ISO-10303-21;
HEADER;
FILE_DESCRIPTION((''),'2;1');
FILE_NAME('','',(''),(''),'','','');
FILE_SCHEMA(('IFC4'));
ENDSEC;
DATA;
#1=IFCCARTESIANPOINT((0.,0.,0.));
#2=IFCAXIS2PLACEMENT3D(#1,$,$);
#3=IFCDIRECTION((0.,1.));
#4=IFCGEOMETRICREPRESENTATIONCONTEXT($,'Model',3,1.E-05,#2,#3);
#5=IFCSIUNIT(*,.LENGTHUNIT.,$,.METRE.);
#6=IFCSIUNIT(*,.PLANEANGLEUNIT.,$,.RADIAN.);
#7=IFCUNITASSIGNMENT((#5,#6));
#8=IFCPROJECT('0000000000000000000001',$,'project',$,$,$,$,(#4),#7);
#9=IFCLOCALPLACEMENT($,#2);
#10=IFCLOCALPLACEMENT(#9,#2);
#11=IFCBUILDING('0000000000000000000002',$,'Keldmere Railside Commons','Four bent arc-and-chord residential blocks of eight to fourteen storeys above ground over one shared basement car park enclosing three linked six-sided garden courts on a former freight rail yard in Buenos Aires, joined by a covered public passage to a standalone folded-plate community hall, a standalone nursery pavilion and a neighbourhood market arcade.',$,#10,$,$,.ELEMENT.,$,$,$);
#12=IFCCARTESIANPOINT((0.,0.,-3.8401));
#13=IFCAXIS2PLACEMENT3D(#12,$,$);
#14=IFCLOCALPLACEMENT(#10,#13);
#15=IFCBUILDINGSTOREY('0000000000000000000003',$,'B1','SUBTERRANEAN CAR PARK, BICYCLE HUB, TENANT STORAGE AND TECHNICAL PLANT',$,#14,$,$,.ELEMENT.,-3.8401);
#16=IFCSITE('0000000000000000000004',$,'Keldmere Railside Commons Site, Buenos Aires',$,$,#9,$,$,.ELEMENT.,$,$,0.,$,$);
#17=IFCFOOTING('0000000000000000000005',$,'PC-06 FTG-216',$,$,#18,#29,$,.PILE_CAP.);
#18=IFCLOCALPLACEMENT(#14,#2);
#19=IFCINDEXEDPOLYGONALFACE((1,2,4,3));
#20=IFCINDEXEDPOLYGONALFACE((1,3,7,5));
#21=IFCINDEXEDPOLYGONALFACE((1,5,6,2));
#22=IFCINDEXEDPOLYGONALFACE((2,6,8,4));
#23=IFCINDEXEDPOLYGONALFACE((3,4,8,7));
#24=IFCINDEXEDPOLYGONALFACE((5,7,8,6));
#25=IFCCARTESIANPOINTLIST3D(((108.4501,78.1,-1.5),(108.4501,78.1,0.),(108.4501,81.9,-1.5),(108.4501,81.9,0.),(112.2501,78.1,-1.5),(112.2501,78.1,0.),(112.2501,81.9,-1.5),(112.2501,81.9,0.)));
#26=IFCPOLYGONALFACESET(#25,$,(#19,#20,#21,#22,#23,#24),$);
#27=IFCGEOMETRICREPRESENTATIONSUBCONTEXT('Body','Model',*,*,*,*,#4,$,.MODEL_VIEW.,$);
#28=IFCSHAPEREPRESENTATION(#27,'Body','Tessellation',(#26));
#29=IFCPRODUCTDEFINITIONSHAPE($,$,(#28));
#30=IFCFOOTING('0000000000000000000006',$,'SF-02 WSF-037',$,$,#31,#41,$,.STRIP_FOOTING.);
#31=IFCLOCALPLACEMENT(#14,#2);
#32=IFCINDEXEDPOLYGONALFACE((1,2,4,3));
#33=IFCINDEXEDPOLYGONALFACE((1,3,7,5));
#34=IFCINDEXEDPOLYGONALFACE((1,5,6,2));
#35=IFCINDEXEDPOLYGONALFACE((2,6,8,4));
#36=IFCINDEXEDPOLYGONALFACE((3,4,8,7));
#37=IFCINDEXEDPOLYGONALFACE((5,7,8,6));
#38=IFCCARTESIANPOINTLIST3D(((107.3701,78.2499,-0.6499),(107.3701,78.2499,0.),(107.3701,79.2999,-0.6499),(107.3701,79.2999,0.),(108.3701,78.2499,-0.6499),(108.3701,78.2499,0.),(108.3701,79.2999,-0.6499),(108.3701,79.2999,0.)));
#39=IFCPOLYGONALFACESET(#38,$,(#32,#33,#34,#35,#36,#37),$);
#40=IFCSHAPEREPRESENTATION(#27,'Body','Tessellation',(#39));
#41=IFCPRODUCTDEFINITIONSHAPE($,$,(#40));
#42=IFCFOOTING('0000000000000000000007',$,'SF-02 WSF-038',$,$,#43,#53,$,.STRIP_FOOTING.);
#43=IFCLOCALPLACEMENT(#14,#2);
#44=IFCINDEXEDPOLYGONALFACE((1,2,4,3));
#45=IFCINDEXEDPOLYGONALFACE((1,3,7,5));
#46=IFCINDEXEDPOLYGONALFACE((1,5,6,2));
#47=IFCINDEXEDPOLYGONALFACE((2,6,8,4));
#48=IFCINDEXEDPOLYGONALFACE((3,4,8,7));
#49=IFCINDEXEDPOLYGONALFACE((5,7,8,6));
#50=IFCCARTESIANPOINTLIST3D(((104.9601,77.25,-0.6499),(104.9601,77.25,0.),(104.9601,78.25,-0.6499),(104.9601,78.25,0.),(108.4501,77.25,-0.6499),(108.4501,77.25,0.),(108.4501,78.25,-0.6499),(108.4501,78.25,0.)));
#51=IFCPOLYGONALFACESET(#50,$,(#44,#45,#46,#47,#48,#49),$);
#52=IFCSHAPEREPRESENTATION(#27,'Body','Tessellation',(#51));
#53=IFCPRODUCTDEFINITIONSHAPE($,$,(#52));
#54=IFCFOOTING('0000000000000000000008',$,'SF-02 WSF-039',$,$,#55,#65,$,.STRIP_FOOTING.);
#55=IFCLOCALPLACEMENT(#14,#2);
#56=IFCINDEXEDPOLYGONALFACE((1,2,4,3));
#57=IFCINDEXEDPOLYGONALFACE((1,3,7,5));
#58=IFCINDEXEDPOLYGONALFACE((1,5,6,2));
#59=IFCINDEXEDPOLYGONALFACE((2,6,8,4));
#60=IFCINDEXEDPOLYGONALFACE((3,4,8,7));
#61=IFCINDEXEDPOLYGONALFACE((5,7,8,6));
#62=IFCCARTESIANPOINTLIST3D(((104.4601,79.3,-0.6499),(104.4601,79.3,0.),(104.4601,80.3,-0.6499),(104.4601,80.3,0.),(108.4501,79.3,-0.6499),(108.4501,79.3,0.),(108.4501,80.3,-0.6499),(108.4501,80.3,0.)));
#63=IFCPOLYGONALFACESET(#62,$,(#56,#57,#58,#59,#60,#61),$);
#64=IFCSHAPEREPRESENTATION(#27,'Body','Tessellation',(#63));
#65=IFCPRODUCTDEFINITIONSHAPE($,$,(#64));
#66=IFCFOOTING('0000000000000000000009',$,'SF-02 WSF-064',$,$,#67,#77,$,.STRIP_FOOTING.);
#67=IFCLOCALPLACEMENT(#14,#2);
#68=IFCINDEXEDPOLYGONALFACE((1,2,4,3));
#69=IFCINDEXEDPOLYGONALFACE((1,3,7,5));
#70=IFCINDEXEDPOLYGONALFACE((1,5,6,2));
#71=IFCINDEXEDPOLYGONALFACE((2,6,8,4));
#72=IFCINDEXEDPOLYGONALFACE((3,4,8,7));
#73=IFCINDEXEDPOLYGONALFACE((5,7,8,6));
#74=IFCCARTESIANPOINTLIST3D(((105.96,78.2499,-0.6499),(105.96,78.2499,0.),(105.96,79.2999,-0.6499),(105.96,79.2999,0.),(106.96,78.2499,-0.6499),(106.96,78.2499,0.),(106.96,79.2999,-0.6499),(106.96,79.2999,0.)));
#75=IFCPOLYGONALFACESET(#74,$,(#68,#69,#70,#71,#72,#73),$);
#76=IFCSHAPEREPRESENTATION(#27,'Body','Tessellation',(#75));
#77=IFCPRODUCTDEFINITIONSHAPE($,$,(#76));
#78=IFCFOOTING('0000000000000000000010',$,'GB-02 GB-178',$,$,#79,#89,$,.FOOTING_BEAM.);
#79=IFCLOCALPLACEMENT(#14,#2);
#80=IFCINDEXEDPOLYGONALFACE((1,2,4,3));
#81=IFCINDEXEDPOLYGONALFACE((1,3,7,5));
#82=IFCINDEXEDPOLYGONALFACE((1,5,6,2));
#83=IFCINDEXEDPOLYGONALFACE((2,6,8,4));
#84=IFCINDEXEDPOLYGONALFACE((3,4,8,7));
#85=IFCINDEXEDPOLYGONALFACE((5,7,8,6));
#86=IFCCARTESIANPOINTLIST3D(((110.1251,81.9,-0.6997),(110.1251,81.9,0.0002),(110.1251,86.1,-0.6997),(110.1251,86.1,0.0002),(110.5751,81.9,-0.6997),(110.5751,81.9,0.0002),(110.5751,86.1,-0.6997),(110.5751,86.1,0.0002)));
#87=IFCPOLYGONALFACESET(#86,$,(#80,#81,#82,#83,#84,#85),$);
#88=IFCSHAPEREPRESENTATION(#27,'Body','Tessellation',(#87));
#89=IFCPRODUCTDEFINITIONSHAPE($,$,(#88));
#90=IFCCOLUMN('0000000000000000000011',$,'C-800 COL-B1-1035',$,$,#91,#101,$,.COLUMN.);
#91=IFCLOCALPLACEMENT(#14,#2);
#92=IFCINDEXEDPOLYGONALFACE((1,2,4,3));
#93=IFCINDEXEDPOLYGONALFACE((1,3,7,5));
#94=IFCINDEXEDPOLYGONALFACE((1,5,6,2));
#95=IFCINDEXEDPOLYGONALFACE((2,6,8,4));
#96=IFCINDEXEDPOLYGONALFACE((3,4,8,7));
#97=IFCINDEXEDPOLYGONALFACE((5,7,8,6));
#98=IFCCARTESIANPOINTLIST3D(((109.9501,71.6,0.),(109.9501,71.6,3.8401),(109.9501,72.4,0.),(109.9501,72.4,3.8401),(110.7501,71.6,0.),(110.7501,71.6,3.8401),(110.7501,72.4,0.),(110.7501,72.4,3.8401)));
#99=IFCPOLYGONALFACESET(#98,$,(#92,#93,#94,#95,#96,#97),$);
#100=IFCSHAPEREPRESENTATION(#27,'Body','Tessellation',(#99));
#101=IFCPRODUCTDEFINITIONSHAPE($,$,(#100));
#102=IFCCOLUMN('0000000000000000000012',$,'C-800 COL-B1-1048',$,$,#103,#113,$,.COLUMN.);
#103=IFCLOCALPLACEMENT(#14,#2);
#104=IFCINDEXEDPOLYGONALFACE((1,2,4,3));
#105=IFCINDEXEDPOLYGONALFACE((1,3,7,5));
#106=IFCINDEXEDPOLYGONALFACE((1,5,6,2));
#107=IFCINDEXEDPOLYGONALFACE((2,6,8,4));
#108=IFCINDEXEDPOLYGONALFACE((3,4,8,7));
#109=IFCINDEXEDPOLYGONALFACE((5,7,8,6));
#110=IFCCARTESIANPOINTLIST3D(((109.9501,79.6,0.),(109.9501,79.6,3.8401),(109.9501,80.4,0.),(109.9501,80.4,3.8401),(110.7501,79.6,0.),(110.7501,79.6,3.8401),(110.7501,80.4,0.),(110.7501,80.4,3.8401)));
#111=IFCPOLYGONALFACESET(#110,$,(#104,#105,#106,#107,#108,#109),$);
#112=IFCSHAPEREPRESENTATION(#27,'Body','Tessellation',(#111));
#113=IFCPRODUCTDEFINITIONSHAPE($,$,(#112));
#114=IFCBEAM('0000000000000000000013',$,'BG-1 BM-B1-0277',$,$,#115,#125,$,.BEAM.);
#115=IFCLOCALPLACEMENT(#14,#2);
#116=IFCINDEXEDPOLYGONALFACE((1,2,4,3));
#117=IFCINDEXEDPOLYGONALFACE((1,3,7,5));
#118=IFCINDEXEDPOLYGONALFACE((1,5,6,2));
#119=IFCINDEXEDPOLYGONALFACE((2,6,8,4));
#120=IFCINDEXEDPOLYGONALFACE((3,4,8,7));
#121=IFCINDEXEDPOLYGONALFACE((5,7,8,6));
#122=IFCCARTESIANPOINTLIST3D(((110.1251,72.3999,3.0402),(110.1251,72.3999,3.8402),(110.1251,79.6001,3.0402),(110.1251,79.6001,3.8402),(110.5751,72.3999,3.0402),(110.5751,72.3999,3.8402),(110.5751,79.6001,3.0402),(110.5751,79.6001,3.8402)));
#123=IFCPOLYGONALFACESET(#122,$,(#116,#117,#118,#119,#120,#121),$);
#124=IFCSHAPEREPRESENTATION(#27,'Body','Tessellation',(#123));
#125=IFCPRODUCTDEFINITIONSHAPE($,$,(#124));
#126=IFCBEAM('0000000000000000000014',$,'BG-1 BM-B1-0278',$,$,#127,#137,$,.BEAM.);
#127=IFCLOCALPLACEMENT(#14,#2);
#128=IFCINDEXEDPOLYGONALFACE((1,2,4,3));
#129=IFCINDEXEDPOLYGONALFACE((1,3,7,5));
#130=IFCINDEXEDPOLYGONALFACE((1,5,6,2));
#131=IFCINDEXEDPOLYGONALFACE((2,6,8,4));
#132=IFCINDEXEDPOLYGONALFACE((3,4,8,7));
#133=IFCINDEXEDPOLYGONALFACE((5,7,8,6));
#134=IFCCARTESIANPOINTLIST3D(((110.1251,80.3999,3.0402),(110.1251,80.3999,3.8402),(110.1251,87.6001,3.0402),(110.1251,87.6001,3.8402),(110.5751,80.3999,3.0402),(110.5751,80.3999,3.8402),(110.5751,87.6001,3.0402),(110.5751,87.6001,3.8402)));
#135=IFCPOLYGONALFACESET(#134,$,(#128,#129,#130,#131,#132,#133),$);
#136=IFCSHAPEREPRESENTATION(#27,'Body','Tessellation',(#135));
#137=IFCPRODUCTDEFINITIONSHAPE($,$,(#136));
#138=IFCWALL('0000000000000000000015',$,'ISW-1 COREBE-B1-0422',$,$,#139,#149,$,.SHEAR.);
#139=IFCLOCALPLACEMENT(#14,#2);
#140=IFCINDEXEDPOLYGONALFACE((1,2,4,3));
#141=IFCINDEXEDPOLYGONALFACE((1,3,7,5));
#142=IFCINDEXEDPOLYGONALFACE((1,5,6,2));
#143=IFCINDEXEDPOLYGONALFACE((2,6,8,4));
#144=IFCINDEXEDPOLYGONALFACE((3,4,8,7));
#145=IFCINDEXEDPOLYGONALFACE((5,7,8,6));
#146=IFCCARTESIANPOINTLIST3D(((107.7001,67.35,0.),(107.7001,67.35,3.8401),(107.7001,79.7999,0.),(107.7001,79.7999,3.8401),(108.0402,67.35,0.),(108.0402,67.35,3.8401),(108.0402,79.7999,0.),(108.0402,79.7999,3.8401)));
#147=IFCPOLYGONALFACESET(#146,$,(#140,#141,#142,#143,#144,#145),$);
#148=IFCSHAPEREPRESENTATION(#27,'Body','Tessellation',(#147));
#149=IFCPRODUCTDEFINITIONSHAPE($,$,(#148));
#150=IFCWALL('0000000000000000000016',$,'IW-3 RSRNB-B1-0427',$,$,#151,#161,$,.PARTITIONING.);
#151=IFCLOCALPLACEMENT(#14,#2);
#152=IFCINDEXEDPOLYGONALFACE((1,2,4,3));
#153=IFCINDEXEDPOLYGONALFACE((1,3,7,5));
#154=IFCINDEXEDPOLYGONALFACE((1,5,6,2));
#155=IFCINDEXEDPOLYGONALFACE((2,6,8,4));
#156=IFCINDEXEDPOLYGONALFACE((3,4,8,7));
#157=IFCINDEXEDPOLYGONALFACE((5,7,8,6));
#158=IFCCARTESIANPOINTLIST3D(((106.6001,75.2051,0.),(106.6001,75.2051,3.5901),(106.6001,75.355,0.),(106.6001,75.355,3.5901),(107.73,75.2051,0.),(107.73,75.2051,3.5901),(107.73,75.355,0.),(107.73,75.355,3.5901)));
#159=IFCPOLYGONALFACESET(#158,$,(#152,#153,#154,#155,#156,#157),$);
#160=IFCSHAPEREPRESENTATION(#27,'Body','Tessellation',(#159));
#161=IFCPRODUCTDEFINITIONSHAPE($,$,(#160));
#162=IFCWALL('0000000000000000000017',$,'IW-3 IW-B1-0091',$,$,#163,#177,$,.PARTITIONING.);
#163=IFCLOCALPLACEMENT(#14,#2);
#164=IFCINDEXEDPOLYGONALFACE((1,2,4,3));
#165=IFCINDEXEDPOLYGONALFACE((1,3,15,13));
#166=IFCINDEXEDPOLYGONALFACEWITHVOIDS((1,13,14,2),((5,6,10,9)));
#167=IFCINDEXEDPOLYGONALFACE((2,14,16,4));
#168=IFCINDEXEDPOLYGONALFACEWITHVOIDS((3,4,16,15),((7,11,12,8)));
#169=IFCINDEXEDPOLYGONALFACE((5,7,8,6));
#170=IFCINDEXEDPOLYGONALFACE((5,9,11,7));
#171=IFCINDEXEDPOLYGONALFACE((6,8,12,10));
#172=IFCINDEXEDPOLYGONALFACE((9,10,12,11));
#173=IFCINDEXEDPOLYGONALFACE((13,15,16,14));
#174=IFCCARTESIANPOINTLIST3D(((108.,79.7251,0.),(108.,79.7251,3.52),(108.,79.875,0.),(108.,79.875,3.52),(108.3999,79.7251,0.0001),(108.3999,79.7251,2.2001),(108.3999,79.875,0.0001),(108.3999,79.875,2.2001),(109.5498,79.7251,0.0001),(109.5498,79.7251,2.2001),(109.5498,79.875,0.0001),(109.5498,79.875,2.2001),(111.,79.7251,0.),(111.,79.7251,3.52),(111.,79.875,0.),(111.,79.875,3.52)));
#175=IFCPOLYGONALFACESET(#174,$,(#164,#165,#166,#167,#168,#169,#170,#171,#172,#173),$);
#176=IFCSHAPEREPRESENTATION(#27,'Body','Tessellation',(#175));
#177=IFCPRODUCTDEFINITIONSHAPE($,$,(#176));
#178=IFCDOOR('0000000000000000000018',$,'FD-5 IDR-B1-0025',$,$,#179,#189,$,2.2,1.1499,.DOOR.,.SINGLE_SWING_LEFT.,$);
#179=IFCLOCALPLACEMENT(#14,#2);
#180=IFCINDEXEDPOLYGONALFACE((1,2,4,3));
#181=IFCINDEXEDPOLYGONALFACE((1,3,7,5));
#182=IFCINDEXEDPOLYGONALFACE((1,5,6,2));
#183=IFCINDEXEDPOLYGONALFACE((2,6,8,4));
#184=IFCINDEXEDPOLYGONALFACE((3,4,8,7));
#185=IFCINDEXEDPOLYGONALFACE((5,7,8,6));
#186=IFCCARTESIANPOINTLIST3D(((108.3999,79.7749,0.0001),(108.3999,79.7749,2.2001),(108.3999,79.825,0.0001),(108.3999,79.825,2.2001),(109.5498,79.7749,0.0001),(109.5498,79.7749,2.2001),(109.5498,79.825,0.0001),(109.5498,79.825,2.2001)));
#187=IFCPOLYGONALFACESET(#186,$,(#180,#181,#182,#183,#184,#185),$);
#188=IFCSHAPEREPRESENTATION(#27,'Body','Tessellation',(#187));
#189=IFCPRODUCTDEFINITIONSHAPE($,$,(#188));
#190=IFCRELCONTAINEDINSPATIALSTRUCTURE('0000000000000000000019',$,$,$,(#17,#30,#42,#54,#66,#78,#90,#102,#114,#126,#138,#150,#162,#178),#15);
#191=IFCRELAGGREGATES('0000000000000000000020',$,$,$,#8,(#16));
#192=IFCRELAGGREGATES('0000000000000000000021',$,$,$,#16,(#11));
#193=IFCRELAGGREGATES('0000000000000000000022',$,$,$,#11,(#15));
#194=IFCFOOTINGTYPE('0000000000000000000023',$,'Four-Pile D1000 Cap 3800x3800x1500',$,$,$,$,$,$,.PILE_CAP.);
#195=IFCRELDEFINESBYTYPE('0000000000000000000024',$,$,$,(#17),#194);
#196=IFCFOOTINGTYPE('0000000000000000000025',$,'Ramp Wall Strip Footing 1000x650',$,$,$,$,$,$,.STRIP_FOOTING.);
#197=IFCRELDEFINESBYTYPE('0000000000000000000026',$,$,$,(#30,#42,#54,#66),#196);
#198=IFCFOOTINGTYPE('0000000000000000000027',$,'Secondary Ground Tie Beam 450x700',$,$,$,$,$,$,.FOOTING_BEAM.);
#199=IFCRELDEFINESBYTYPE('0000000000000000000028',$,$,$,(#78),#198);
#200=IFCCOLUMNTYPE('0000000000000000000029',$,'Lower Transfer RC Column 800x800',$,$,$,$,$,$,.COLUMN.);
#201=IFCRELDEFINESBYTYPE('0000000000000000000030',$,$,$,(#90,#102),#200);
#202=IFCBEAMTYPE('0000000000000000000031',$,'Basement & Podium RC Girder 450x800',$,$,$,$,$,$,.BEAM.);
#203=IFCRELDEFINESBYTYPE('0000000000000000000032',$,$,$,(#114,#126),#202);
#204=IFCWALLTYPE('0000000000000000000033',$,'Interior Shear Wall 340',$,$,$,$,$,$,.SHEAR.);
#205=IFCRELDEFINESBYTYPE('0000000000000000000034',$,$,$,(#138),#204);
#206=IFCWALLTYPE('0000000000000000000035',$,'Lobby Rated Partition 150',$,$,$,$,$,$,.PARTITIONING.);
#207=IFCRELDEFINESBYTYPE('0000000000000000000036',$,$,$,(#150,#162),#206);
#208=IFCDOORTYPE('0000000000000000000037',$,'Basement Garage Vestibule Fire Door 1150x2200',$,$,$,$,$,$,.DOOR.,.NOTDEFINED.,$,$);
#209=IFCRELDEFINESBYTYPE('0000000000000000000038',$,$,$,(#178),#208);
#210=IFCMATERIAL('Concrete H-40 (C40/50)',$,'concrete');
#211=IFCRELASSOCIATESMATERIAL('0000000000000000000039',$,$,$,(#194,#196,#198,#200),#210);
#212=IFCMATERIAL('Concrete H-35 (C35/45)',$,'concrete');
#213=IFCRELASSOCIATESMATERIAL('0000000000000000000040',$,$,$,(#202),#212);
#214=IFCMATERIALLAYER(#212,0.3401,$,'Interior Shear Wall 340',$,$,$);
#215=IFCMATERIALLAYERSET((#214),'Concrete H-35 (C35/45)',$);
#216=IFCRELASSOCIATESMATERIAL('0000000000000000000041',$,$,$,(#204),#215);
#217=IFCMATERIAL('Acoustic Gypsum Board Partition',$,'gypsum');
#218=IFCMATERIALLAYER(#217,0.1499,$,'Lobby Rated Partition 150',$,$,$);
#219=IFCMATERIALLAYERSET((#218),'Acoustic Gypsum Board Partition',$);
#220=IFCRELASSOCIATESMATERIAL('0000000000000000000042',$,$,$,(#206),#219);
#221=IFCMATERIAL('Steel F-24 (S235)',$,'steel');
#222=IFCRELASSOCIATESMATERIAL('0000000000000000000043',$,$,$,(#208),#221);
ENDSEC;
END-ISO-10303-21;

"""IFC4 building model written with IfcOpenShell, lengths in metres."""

from ifc_helpers import new_model, si_unit, direction, frame, frame_2d, origin, origin_2d, place, context, subcontext, project, spatial, rectangle, extrude, material, layer, layer_set, material_profile, profile_set, type_object, element, fill, save


model = new_model("IFC4")

# Units and contexts
model_context = context("Model", 3, precision=1e-05, world=origin(), true_north=direction((0.0, 1.0)))
body_context = subcontext(model_context, "Body", "Model", "MODEL_VIEW")
ifc_project = project(units=[si_unit("LENGTHUNIT", "METRE"), si_unit("PLANEANGLEUNIT", "RADIAN")], contexts=[model_context])

# Site, building, storey
site_placement = place(None, origin())
site = spatial("IfcSite", under=ifc_project, at=site_placement, Name="Keldmere Railside Commons Site, Buenos Aires", CompositionType="ELEMENT", RefElevation=0.0)
building_placement = place(site_placement, origin())
building = spatial("IfcBuilding", under=site, at=building_placement, Name="Keldmere Railside Commons", Description="Four bent arc-and-chord residential blocks of eight to fourteen storeys above ground over one shared basement car park enclosing three linked six-sided garden courts on a former freight rail yard in Buenos Aires, joined by a covered public passage to a standalone folded-plate community hall, a standalone nursery pavilion and a neighbourhood market arcade.", CompositionType="ELEMENT")
storey_placement = place(building_placement, frame((0.0, 0.0, -3.8401)))
storey = spatial("IfcBuildingStorey", under=building, at=storey_placement, Name="B1", Description="SUBTERRANEAN CAR PARK, BICYCLE HUB, TENANT STORAGE AND TECHNICAL PLANT", CompositionType="ELEMENT", Elevation=-3.8401)

# Footings
ifc_material_1 = material(Name="Concrete H-40 (C40/50)", Category="concrete")
footing_type_1 = type_object("IfcFootingType", Name="Four-Pile D1000 Cap 3800x3800x1500", PredefinedType="PILE_CAP", material=ifc_material_1)
footing_1_placement = place(storey_placement, frame((110.3501, 80.0, -1.5), z_axis=(0.0, 0.0, 1.0), x_axis=(1.0, 0.0, 0.0)))
element("IfcFooting", 1, at=footing_1_placement, inside=storey, type_object=footing_type_1, Name="PC-06 FTG-216", PredefinedType="PILE_CAP", context=body_context, shape_type="SweptSolid", body=[
    extrude(rectangle(XDim=3.8, YDim=3.8, at=origin_2d()), origin(), (0.0, 0.0, 1.0), 1.5),
])
footing_type_2 = type_object("IfcFootingType", Name="Ramp Wall Strip Footing 1000x650", PredefinedType="STRIP_FOOTING", material=ifc_material_1)
footing_2_placement = place(storey_placement, frame((107.8701, 78.7749, -0.6499), z_axis=(0.0, 0.0, 1.0), x_axis=(0.0, 1.0, 0.0)))
element("IfcFooting", 2, at=footing_2_placement, inside=storey, type_object=footing_type_2, Name="SF-02 WSF-037", PredefinedType="STRIP_FOOTING", context=body_context, shape_type="SweptSolid", body=[
    extrude(rectangle(XDim=1.05, YDim=1.0, at=origin_2d()), origin(), (0.0, 0.0, 1.0), 0.6499),
])
footing_3_placement = place(storey_placement, frame((106.7051, 77.75, -0.6499), z_axis=(0.0, 0.0, 1.0), x_axis=(1.0, 0.0, 0.0)))
element("IfcFooting", 3, at=footing_3_placement, inside=storey, type_object=footing_type_2, Name="SF-02 WSF-038", PredefinedType="STRIP_FOOTING", context=body_context, shape_type="SweptSolid", body=[
    extrude(rectangle(XDim=3.49, YDim=1.0, at=origin_2d()), origin(), (0.0, 0.0, 1.0), 0.6499),
])
footing_4_placement = place(storey_placement, frame((106.4551, 79.8, -0.6499), z_axis=(0.0, 0.0, 1.0), x_axis=(1.0, 0.0, 0.0)))
element("IfcFooting", 4, at=footing_4_placement, inside=storey, type_object=footing_type_2, Name="SF-02 WSF-039", PredefinedType="STRIP_FOOTING", context=body_context, shape_type="SweptSolid", body=[
    extrude(rectangle(XDim=3.99, YDim=1.0, at=origin_2d()), origin(), (0.0, 0.0, 1.0), 0.6499),
])
footing_5_placement = place(storey_placement, frame((106.46, 78.7749, -0.6499), z_axis=(0.0, 0.0, 1.0), x_axis=(0.0, 1.0, 0.0)))
element("IfcFooting", 5, at=footing_5_placement, inside=storey, type_object=footing_type_2, Name="SF-02 WSF-064", PredefinedType="STRIP_FOOTING", context=body_context, shape_type="SweptSolid", body=[
    extrude(rectangle(XDim=1.05, YDim=1.0, at=origin_2d()), origin(), (0.0, 0.0, 1.0), 0.6499),
])
footing_type_3 = type_object("IfcFootingType", Name="Secondary Ground Tie Beam 450x700", PredefinedType="FOOTING_BEAM", material=ifc_material_1)
footing_6_placement = place(storey_placement, frame((110.3501, 84.0, -0.6997), z_axis=(0.0, 0.0, 1.0), x_axis=(0.0, 1.0, 0.0)))
element("IfcFooting", 6, at=footing_6_placement, inside=storey, type_object=footing_type_3, Name="GB-02 GB-178", PredefinedType="FOOTING_BEAM", context=body_context, shape_type="SweptSolid", body=[
    extrude(rectangle(XDim=4.2, YDim=0.45, at=origin_2d()), origin(), (0.0, 0.0, 1.0), 0.7),
])

# Columns
ifc_material_profile_1 = material_profile(ifc_material_1, rectangle(XDim=0.8, YDim=0.8, at=origin_2d()), Name="RC-800x800")
ifc_profile_set_1 = profile_set([ifc_material_profile_1], Name="Concrete H-40 (C40/50)")
column_type = type_object("IfcColumnType", Name="Lower Transfer RC Column 800x800", PredefinedType="COLUMN", material=ifc_profile_set_1)
for number, where, z_axis, x_axis, name in (
    (7, (110.3501, 72.0, 0.0), (0.0, 0.0, 1.0), (1.0, 0.0, 0.0), "C-800 COL-B1-1035"),
    (8, (110.3501, 80.0, 0.0), (0.0, 0.0, 1.0), (1.0, 0.0, 0.0), "C-800 COL-B1-1048"),
):
    element("IfcColumn", number, at=place(storey_placement, frame(where, z_axis=z_axis, x_axis=x_axis)), inside=storey, type_object=column_type, Name=name, PredefinedType="COLUMN", context=body_context, shape_type="SweptSolid", body=[
        extrude(rectangle(XDim=0.8, YDim=0.8, at=origin_2d()), origin(), (0.0, 0.0, 1.0), 3.8401),
    ])

# Beams
ifc_material_2 = material(Name="Concrete H-35 (C35/45)", Category="concrete")
ifc_material_profile_2 = material_profile(ifc_material_2, rectangle(XDim=0.45, YDim=0.8, at=origin_2d()), Name="RC-450x800")
ifc_profile_set_2 = profile_set([ifc_material_profile_2], Name="Concrete H-35 (C35/45)")
beam_type = type_object("IfcBeamType", Name="Basement & Podium RC Girder 450x800", PredefinedType="BEAM", material=ifc_profile_set_2)
for number, where, z_axis, x_axis, name in (
    (9, (110.3501, 72.3999, 3.4402), (0.0, 1.0, 0.0), (-1.0, 0.0, 0.0), "BG-1 BM-B1-0277"),
    (10, (110.3501, 80.3999, 3.4402), (0.0, 1.0, 0.0), (-1.0, 0.0, 0.0), "BG-1 BM-B1-0278"),
):
    element("IfcBeam", number, at=place(storey_placement, frame(where, z_axis=z_axis, x_axis=x_axis)), inside=storey, type_object=beam_type, Name=name, PredefinedType="BEAM", context=body_context, shape_type="SweptSolid", body=[
        extrude(rectangle(XDim=0.45, YDim=0.8, at=origin_2d()), origin(), (0.0, 0.0, 1.0), 7.2002),
    ])

# Shared definitions
ifc_material_3 = material(Name="Steel F-24 (S235)", Category="steel")

# Walls
ifc_layer_1 = layer(ifc_material_2, 0.3401, Name="Interior Shear Wall 340")
ifc_layer_set_1 = layer_set([ifc_layer_1], Name="Concrete H-35 (C35/45)")
wall_type_1 = type_object("IfcWallType", Name="Interior Shear Wall 340", PredefinedType="SHEAR", material=ifc_layer_set_1)
wall_1_placement = place(storey_placement, frame((107.8701, 79.8, 0.0), z_axis=(0.0, 0.0, 1.0), x_axis=(0.0, -1.0, 0.0)))
element("IfcWall", 11, at=wall_1_placement, inside=storey, type_object=wall_type_1, Name="ISW-1 COREBE-B1-0422", PredefinedType="SHEAR", context=body_context, shape_type="SweptSolid", body=[
    extrude(rectangle(XDim=12.45, YDim=0.3401, at=frame_2d((6.2251, 0.0))), origin(), (0.0, 0.0, 1.0), 3.8401),
])
ifc_material_4 = material(Name="Acoustic Gypsum Board Partition", Category="gypsum")
ifc_layer_2 = layer(ifc_material_4, 0.1499, Name="Lobby Rated Partition 150")
ifc_layer_set_2 = layer_set([ifc_layer_2], Name="Acoustic Gypsum Board Partition")
wall_type_2 = type_object("IfcWallType", Name="Lobby Rated Partition 150", PredefinedType="PARTITIONING", material=ifc_layer_set_2)
wall_2_placement = place(storey_placement, frame((106.6001, 75.28, 0.0), z_axis=(0.0, 0.0, 1.0), x_axis=(1.0, 0.0, 0.0)))
element("IfcWall", 12, at=wall_2_placement, inside=storey, type_object=wall_type_2, Name="IW-3 RSRNB-B1-0427", PredefinedType="PARTITIONING", context=body_context, shape_type="SweptSolid", body=[
    extrude(rectangle(XDim=1.1299, YDim=0.1499, at=frame_2d((0.5649, 0.0))), origin(), (0.0, 0.0, 1.0), 3.5901),
])

# Wall, opening, door
wall_3_placement = place(storey_placement, frame((108.0, 79.8, 0.0), z_axis=(0.0, 0.0, 1.0), x_axis=(1.0, 0.0, 0.0)))
wall_3 = element("IfcWall", 13, at=wall_3_placement, inside=storey, type_object=wall_type_2, Name="IW-3 IW-B1-0091", PredefinedType="PARTITIONING", context=body_context, shape_type="SweptSolid", body=[
    extrude(rectangle(XDim=3.0, YDim=0.1499, at=frame_2d((1.5, 0.0))), origin(), (0.0, 0.0, 1.0), 3.52),
])
opening_1_placement = place(wall_3_placement, frame((0.3999, 0.0, 0.0)))
opening_1 = element("IfcOpeningElement", 14, at=opening_1_placement, cuts=wall_3, PredefinedType="OPENING", context=body_context, shape_type="SweptSolid", body=[
    extrude(rectangle(XDim=1.1499, YDim=2.2, at=frame_2d((0.575, 1.1001))), frame((0.0, 0.085, 0.0), z_axis=(0.0, -1.0, 0.0), x_axis=(1.0, 0.0, 0.0)), (0.0, 0.0, 1.0), 0.1699),
])
door_type_1 = type_object("IfcDoorType", Name="Basement Garage Vestibule Fire Door 1150x2200", OperationType="NOTDEFINED", PredefinedType="DOOR", material=ifc_material_3)
door_1_placement = place(opening_1_placement, origin())
door_1 = element("IfcDoor", 15, at=door_1_placement, inside=storey, type_object=door_type_1, Name="FD-5 IDR-B1-0025", OperationType="SINGLE_SWING_LEFT", OverallHeight=2.2, OverallWidth=1.1499, PredefinedType="DOOR", context=body_context, shape_type="SweptSolid", body=[
    extrude(rectangle(XDim=1.1499, YDim=2.2, at=frame_2d((0.575, 1.1001))), frame((0.0, 0.0249, 0.0), z_axis=(0.0, -1.0, 0.0), x_axis=(1.0, 0.0, 0.0)), (0.0, 0.0, 1.0), 0.05),
])
fill(opening_1, door_1)

save(model, "model.ifc")
